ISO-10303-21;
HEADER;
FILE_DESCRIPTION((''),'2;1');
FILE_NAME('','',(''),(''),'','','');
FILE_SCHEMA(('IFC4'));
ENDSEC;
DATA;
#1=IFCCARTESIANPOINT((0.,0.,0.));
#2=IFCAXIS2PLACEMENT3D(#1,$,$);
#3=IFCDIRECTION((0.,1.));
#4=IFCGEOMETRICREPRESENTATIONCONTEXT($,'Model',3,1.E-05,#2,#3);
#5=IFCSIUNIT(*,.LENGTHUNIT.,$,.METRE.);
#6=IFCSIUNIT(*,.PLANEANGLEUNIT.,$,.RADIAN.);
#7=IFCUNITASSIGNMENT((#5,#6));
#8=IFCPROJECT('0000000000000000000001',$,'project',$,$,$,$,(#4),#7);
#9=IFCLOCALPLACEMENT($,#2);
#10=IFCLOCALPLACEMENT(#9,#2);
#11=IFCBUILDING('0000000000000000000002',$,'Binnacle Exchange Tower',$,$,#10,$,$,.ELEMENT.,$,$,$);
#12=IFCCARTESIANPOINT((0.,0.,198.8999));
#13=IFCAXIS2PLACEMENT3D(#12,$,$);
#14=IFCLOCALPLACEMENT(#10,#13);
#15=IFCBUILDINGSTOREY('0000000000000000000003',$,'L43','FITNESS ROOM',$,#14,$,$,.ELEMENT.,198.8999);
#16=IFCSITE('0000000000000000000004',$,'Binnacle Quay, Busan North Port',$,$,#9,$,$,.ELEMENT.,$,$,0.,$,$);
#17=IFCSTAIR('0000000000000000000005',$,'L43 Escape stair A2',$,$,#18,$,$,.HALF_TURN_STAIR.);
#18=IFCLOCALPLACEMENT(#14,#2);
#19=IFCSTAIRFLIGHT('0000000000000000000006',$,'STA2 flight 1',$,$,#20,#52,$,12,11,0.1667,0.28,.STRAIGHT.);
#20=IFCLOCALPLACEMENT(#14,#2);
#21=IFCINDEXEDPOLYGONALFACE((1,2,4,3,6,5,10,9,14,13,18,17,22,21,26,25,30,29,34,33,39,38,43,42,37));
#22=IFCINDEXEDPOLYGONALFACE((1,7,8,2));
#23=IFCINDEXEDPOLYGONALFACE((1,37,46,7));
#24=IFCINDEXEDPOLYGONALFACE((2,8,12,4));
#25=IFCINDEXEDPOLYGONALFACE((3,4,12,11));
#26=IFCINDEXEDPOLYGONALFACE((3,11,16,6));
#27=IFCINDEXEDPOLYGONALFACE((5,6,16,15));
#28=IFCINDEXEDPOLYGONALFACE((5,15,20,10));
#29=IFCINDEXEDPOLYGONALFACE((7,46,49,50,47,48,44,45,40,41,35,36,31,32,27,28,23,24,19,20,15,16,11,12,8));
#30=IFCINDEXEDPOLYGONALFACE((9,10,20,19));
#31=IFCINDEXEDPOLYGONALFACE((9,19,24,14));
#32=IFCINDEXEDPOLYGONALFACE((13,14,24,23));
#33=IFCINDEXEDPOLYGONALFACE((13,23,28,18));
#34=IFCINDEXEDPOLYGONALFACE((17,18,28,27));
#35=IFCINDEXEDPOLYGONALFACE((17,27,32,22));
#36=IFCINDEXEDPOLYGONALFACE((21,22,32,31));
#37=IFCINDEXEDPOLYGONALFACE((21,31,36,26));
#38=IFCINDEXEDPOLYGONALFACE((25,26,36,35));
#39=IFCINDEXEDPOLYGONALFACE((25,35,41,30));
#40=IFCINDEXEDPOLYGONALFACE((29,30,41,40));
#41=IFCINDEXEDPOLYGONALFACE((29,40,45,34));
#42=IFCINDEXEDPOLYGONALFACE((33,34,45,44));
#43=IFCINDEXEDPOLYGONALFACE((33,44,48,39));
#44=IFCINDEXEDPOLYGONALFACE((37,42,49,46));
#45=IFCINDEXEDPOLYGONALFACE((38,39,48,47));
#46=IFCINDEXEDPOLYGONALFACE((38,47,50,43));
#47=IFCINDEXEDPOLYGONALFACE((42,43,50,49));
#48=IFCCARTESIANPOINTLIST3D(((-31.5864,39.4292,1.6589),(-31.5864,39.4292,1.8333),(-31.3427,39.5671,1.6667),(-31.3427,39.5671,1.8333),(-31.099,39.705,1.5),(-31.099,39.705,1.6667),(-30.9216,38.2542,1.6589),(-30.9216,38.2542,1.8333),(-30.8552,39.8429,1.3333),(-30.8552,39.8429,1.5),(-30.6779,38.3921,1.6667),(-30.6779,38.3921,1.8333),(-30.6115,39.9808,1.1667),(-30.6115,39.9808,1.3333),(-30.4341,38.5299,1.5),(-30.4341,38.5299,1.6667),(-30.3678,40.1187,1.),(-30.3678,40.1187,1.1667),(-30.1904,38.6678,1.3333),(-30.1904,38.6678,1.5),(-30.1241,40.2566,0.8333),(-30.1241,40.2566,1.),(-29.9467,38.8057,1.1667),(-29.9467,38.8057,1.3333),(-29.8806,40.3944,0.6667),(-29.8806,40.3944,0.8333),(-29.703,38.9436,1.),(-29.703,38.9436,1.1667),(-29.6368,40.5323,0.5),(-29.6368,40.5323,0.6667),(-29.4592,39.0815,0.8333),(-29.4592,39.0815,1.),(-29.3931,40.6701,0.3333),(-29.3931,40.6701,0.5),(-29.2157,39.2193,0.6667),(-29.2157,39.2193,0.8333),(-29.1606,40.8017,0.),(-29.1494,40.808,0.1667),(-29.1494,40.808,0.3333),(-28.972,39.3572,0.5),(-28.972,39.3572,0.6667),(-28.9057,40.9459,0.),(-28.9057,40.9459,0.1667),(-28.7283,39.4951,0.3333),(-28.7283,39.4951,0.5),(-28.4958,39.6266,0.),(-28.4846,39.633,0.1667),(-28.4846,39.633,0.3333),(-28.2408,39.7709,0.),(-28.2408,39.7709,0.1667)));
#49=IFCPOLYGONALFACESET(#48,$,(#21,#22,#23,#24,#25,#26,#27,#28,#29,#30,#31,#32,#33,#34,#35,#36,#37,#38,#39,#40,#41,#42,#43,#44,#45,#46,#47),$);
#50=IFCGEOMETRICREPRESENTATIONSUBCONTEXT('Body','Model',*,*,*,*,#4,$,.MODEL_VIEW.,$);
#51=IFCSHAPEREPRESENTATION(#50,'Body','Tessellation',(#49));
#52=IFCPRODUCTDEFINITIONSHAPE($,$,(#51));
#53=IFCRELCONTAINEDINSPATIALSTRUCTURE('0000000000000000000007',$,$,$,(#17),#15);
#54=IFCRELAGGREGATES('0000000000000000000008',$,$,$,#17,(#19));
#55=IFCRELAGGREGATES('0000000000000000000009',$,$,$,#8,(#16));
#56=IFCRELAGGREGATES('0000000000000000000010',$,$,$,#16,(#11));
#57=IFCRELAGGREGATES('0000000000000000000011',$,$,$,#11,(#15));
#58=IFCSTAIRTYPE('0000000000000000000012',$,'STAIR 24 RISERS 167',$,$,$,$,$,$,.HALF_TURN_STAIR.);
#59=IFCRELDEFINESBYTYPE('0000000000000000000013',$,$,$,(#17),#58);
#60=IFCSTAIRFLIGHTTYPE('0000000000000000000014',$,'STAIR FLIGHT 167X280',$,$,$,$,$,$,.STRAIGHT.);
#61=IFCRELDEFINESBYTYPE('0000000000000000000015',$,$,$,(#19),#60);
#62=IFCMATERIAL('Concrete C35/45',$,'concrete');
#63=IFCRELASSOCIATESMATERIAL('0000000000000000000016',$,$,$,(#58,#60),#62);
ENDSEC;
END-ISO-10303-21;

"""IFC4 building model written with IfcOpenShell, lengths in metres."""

from ifc_helpers import new_model, si_unit, direction, frame, origin, place, context, subcontext, project, spatial, polyline, outline, extrude, material, type_object, element, aggregate, save


model = new_model("IFC4")

# Units and contexts
model_context = context("Model", 3, precision=1e-05, world=origin(), true_north=direction((0.0, 1.0)))
body_context = subcontext(model_context, "Body", "Model", "MODEL_VIEW")
ifc_project = project(units=[si_unit("LENGTHUNIT", "METRE"), si_unit("PLANEANGLEUNIT", "RADIAN")], contexts=[model_context])

# Site, building, storey
site_placement = place(None, origin())
site = spatial("IfcSite", under=ifc_project, at=site_placement, Name="Binnacle Quay, Busan North Port", CompositionType="ELEMENT", RefElevation=0.0)
building_placement = place(site_placement, origin())
building = spatial("IfcBuilding", under=site, at=building_placement, Name="Binnacle Exchange Tower", CompositionType="ELEMENT")
storey_placement = place(building_placement, frame((0.0, 0.0, 198.8999)))
storey = spatial("IfcBuildingStorey", under=building, at=storey_placement, Name="L43", Description="FITNESS ROOM", CompositionType="ELEMENT", Elevation=198.8999)

# Stair, stair flight
ifc_material_1 = material(Name="Concrete C35/45", Category="concrete")
stair_type = type_object("IfcStairType", Name="STAIR 24 RISERS 167", PredefinedType="HALF_TURN_STAIR", material=ifc_material_1)
stair_placement = place(storey_placement, origin())
stair = element("IfcStair", 1, at=stair_placement, inside=storey, type_object=stair_type, Name="L43 Escape stair A2", PredefinedType="HALF_TURN_STAIR")
stair_flight_type = type_object("IfcStairFlightType", Name="STAIR FLIGHT 167X280", PredefinedType="STRAIGHT", material=ifc_material_1)
stair_flight_placement = place(storey_placement, frame((-28.5732, 40.3584, 0.0), z_axis=(0.0, 0.0, 1.0), x_axis=(-0.870356, -0.492424, 0.0)))
stair_flight = element("IfcStairFlight", 2, at=stair_flight_placement, type_object=stair_flight_type, Name="STA2 flight 1", NumberOfRisers=12, NumberOfTreads=11, PredefinedType="STRAIGHT", RiserHeight=0.1667, TreadLength=0.28, context=body_context, shape_type="SweptSolid", body=[
    extrude(outline(polyline([(0.0, 0.0), (0.0, 0.1667), (0.28, 0.1667), (0.28, 0.3333), (0.5601, 0.3333), (0.5601, 0.5), (0.8401, 0.5), (0.8401, 0.6667), (1.1201, 0.6667), (1.1201, 0.8333), (1.3999, 0.8333), (1.3999, 1.0), (1.6799, 1.0), (1.6799, 1.1667), (1.96, 1.1667), (1.96, 1.3333), (2.24, 1.3333), (2.24, 1.5), (2.52, 1.5), (2.52, 1.6667), (2.8, 1.6667), (2.8, 1.8333), (3.0801, 1.8333), (3.0801, 2.0), (3.0801, 1.6589), (0.293, 0.0), (0.0, 0.0)])), frame((0.0, 0.675, 0.0), z_axis=(0.0, -1.0, 0.0), x_axis=(1.0, 0.0, 0.0)), (0.0, 0.0, 1.0), 1.3501),
])
aggregate(stair, [stair_flight])

save(model, "model.ifc")
